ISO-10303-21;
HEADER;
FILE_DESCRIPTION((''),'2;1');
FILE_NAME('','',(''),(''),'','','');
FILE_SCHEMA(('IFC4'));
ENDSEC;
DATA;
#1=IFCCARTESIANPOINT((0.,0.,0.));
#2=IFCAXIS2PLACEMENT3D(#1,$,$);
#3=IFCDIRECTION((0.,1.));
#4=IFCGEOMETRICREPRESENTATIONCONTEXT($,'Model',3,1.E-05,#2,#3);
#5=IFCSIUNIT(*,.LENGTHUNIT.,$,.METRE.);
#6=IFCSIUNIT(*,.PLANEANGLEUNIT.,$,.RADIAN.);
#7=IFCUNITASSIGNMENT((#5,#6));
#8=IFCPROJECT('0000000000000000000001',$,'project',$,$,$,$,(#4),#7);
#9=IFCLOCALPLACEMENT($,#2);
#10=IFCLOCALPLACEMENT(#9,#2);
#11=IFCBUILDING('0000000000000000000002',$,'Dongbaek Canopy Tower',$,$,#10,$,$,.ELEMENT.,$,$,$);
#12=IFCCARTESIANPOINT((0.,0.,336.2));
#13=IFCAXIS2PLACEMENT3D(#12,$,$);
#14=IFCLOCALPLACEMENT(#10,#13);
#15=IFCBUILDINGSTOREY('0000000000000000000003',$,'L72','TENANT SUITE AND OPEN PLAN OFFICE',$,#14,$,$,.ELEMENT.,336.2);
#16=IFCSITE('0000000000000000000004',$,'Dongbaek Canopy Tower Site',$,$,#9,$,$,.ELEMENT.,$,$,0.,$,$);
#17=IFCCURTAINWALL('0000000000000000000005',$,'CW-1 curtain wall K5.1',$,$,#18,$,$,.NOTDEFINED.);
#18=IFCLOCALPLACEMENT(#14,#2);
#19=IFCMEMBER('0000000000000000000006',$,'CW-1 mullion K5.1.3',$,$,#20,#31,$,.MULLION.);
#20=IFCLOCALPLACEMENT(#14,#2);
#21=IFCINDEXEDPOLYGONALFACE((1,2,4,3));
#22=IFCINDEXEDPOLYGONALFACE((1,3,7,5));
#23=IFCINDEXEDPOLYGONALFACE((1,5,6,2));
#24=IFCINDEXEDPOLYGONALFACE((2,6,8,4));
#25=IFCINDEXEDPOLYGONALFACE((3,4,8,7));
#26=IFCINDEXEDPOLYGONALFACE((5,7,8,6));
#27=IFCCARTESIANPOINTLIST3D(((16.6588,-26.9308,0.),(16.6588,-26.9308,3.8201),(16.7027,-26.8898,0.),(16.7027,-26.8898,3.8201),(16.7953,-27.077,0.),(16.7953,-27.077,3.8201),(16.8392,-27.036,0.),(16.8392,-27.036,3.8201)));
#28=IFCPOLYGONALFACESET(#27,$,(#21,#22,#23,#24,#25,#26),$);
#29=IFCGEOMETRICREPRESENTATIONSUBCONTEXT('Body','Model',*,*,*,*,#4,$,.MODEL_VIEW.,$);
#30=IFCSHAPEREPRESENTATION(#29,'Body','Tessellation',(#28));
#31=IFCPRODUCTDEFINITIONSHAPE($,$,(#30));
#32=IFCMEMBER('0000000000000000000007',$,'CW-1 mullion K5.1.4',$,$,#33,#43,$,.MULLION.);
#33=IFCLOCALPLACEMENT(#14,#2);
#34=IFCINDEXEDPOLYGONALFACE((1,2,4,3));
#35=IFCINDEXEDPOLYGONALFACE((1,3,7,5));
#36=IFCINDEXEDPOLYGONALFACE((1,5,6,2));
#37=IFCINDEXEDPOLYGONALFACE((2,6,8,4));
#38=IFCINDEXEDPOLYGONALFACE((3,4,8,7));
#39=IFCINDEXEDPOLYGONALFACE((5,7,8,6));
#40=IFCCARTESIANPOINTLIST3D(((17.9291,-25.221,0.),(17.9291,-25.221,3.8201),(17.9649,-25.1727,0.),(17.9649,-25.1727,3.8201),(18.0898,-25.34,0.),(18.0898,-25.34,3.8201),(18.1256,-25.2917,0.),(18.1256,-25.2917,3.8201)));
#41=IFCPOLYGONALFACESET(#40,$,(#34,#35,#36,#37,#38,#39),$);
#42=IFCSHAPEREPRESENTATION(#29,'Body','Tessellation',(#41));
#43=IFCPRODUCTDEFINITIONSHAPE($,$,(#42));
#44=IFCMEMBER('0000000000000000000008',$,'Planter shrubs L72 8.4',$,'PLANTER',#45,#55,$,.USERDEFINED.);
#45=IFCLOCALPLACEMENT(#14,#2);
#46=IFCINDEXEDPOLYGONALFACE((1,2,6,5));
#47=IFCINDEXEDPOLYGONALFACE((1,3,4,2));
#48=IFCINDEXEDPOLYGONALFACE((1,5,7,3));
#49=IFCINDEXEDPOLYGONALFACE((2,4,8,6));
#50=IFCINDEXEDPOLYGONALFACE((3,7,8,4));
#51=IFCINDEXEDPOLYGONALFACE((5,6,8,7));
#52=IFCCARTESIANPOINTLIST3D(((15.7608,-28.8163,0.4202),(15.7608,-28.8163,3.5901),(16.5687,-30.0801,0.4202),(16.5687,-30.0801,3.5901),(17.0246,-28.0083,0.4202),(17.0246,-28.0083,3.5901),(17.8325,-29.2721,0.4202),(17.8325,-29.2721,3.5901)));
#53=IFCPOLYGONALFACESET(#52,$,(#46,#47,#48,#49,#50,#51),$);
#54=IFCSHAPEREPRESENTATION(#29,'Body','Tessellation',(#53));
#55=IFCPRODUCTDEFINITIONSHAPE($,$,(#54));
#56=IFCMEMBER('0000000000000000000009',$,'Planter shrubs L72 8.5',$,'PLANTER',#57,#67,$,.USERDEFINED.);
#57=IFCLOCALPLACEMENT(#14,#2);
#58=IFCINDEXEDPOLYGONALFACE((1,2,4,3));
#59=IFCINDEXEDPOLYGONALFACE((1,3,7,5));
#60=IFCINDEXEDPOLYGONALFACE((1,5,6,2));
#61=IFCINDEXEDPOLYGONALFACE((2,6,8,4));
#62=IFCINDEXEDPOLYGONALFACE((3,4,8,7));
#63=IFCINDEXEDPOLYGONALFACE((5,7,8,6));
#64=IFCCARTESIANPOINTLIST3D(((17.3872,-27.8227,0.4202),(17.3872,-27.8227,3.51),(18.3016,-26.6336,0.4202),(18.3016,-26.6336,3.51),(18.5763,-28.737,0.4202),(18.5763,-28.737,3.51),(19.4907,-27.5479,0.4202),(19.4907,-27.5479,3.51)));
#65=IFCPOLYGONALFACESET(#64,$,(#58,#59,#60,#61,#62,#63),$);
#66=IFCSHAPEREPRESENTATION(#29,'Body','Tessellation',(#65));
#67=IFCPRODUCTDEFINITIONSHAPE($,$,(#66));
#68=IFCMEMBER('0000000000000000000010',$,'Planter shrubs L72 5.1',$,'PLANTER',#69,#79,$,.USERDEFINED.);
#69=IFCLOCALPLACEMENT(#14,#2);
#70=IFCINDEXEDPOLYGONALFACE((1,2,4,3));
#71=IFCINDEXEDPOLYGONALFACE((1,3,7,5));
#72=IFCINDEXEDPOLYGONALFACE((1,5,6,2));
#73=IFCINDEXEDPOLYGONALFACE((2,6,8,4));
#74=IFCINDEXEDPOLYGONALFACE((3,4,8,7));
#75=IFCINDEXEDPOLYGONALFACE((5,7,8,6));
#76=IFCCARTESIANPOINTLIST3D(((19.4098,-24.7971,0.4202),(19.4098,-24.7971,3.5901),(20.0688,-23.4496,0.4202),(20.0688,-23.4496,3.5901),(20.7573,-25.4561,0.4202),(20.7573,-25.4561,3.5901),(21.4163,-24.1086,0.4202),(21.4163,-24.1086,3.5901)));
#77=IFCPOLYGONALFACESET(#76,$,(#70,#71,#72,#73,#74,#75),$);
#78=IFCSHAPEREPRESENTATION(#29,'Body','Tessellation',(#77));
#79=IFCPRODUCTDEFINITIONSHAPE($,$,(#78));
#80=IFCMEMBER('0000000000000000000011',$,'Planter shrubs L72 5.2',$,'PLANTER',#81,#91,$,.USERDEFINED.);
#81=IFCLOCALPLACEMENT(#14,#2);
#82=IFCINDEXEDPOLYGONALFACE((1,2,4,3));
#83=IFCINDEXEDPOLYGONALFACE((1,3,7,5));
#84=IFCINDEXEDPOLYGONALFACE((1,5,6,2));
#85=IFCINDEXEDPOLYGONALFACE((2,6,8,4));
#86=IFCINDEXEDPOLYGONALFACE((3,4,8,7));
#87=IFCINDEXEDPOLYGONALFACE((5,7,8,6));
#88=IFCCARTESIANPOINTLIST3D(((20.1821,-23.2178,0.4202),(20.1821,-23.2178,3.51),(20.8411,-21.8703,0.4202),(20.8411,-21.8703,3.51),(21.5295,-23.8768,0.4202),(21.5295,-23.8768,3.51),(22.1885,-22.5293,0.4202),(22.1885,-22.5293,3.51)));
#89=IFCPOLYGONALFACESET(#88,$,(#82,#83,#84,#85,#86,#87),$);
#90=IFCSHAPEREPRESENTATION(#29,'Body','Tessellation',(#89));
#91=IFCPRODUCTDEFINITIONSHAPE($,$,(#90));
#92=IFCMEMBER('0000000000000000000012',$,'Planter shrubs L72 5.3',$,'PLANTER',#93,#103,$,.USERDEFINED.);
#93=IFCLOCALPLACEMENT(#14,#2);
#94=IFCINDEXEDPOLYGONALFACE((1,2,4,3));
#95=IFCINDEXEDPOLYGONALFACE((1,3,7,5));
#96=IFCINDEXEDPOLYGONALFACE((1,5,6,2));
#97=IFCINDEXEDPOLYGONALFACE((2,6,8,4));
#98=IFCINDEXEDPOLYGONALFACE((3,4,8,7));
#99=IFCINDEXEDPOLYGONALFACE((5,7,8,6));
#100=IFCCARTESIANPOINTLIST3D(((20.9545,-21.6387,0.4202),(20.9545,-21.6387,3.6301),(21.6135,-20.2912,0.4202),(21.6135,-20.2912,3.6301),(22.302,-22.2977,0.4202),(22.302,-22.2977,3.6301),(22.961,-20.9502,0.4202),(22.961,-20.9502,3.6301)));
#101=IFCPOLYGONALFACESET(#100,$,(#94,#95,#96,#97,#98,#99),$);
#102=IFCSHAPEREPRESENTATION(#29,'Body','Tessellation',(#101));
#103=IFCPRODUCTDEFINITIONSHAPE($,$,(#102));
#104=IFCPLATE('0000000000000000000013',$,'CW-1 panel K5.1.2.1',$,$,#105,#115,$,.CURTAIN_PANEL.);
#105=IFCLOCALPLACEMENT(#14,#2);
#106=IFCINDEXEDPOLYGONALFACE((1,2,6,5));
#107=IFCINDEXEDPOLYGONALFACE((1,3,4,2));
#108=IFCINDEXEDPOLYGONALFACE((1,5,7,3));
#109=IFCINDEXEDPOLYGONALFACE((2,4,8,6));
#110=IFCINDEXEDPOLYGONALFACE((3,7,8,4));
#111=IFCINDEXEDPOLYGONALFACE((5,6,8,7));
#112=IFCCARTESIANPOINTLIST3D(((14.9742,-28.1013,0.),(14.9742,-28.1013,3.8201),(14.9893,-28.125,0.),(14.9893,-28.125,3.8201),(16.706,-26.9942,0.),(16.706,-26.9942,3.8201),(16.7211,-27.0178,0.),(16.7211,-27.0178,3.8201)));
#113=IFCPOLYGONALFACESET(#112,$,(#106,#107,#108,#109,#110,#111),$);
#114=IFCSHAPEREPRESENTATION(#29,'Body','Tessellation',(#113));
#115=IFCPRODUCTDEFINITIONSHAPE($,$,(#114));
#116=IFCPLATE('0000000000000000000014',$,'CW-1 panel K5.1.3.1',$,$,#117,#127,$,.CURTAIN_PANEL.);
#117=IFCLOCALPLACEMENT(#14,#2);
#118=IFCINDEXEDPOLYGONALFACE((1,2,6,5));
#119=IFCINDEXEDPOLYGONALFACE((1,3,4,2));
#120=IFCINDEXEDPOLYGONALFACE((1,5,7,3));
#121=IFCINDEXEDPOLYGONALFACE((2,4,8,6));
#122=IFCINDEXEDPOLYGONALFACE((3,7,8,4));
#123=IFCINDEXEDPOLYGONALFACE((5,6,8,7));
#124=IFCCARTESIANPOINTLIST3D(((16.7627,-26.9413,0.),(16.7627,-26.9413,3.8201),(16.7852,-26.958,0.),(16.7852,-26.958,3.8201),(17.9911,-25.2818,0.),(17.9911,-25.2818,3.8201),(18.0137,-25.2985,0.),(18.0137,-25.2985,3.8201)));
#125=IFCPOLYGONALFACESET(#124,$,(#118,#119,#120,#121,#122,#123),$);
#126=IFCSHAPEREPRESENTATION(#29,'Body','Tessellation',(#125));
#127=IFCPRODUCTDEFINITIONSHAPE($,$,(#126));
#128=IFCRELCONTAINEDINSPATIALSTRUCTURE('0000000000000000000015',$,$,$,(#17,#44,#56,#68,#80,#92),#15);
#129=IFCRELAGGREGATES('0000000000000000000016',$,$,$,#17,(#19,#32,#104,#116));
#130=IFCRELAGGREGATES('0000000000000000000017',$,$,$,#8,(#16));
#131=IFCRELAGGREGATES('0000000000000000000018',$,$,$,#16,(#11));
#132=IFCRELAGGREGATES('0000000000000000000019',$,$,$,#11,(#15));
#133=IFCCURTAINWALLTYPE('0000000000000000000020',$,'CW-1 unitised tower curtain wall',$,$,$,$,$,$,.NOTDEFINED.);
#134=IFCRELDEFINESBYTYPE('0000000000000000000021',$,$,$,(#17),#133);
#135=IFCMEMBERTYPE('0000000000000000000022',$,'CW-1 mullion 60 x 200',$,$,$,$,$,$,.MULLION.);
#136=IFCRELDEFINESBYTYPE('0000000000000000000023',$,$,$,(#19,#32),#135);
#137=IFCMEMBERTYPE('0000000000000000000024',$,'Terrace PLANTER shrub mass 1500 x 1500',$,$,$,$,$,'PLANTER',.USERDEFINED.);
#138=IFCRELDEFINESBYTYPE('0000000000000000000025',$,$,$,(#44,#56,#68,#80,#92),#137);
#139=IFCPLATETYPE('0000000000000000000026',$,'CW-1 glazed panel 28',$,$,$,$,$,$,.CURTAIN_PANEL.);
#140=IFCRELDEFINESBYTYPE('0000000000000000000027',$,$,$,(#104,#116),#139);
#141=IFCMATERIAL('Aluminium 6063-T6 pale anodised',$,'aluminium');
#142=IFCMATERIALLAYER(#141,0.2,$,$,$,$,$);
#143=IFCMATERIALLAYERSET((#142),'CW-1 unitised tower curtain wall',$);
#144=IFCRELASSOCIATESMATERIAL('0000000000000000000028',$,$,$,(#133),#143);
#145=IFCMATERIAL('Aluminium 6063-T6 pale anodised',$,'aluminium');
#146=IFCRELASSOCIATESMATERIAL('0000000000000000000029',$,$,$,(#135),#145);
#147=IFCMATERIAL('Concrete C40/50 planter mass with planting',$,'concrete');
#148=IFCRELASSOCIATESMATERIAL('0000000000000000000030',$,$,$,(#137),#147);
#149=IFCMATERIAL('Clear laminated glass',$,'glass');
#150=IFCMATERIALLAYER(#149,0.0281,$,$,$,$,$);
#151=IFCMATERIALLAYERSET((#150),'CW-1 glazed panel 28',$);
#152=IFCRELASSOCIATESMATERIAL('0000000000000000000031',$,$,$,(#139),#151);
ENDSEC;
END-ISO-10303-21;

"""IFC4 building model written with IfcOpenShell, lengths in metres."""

from ifc_helpers import new_model, si_unit, direction, frame, origin, origin_2d, place, context, subcontext, project, spatial, rectangle, extrude, material, layer, layer_set, material_profile, profile_set, type_object, element, aggregate, save


model = new_model("IFC4")

# Units and contexts
model_context = context("Model", 3, precision=1e-05, world=origin(), true_north=direction((0.0, 1.0)))
body_context = subcontext(model_context, "Body", "Model", "MODEL_VIEW")
ifc_project = project(units=[si_unit("LENGTHUNIT", "METRE"), si_unit("PLANEANGLEUNIT", "RADIAN")], contexts=[model_context])

# Site, building, storey
site_placement = place(None, origin())
site = spatial("IfcSite", under=ifc_project, at=site_placement, Name="Dongbaek Canopy Tower Site", CompositionType="ELEMENT", RefElevation=0.0)
building_placement = place(site_placement, origin())
building = spatial("IfcBuilding", under=site, at=building_placement, Name="Dongbaek Canopy Tower", CompositionType="ELEMENT")
storey_placement = place(building_placement, frame((0.0, 0.0, 336.2)))
storey = spatial("IfcBuildingStorey", under=building, at=storey_placement, Name="L72", Description="TENANT SUITE AND OPEN PLAN OFFICE", CompositionType="ELEMENT", Elevation=336.2)

# Curtain wall, members
ifc_material_1 = material(Name="Aluminium 6063-T6 pale anodised", Category="aluminium")
ifc_layer_1 = layer(ifc_material_1, 0.2)
ifc_layer_set_1 = layer_set([ifc_layer_1], Name="CW-1 unitised tower curtain wall")
curtain_wall_type = type_object("IfcCurtainWallType", Name="CW-1 unitised tower curtain wall", PredefinedType="NOTDEFINED", material=ifc_layer_set_1)
curtain_wall_placement = place(storey_placement, origin())
curtain_wall = element("IfcCurtainWall", 1, at=curtain_wall_placement, inside=storey, type_object=curtain_wall_type, Name="CW-1 curtain wall K5.1", PredefinedType="NOTDEFINED")
ifc_material_2 = material(Name="Aluminium 6063-T6 pale anodised", Category="aluminium")
ifc_material_profile_1 = material_profile(ifc_material_2, rectangle(XDim=0.2, YDim=0.0601, at=origin_2d()), Name="CW-1 mullion 60 x 200")
ifc_profile_set_1 = profile_set([ifc_material_profile_1], Name="Aluminium 6063-T6 pale anodised")
member_type_1 = type_object("IfcMemberType", Name="CW-1 mullion 60 x 200", PredefinedType="MULLION", material=ifc_profile_set_1)
member_1_placement = place(storey_placement, frame((16.749, -26.9834, 0.0), z_axis=(0.0, 0.0, 1.0), x_axis=(0.682504, -0.730882, 0.0)))
member_1 = element("IfcMember", 2, at=member_1_placement, type_object=member_type_1, Name="CW-1 mullion K5.1.3", PredefinedType="MULLION", context=body_context, shape_type="SweptSolid", body=[
    extrude(rectangle(XDim=0.2, YDim=0.0601, at=origin_2d()), origin(), (0.0, 0.0, 1.0), 3.8201),
])
member_2_placement = place(storey_placement, frame((18.0273, -25.2563, 0.0), z_axis=(0.0, 0.0, 1.0), x_axis=(0.803743, -0.594977, 0.0)))
member_2 = element("IfcMember", 3, at=member_2_placement, type_object=member_type_1, Name="CW-1 mullion K5.1.4", PredefinedType="MULLION", context=body_context, shape_type="SweptSolid", body=[
    extrude(rectangle(XDim=0.2, YDim=0.0601, at=origin_2d()), origin(), (0.0, 0.0, 1.0), 3.8201),
])

# Members
ifc_material_3 = material(Name="Concrete C40/50 planter mass with planting", Category="concrete")
ifc_material_profile_2 = material_profile(ifc_material_3, rectangle(XDim=1.5, YDim=1.5, at=origin_2d()), Name="Terrace PLANTER shrub mass 1500 x 1500")
ifc_profile_set_2 = profile_set([ifc_material_profile_2], Name="Concrete C40/50 planter mass with planting")
member_type_2 = type_object("IfcMemberType", Name="Terrace PLANTER shrub mass 1500 x 1500", ElementType="PLANTER", PredefinedType="USERDEFINED", material=ifc_profile_set_2)
member_3_placement = place(storey_placement, frame((16.7966, -29.0442, 0.4202), z_axis=(0.0, 0.0, 1.0), x_axis=(0.538627, -0.842544, 0.0)))
element("IfcMember", 4, at=member_3_placement, inside=storey, type_object=member_type_2, Name="Planter shrubs L72 8.4", ObjectType="PLANTER", PredefinedType="USERDEFINED", context=body_context, shape_type="SweptSolid", body=[
    extrude(rectangle(XDim=1.5, YDim=1.5, at=origin_2d()), origin(), (0.0, 0.0, 1.0), 3.1699),
])
member_4_placement = place(storey_placement, frame((18.439, -27.6853, 0.4202), z_axis=(0.0, 0.0, 1.0), x_axis=(0.792732, -0.609571, 0.0)))
element("IfcMember", 5, at=member_4_placement, inside=storey, type_object=member_type_2, Name="Planter shrubs L72 8.5", ObjectType="PLANTER", PredefinedType="USERDEFINED", context=body_context, shape_type="SweptSolid", body=[
    extrude(rectangle(XDim=1.5, YDim=1.5, at=origin_2d()), origin(), (0.0, 0.0, 1.0), 3.0898),
])
member_5_placement = place(storey_placement, frame((20.4131, -24.4529, 0.4202), z_axis=(0.0, 0.0, 1.0), x_axis=(0.898322, -0.439337, 0.0)))
element("IfcMember", 6, at=member_5_placement, inside=storey, type_object=member_type_2, Name="Planter shrubs L72 5.1", ObjectType="PLANTER", PredefinedType="USERDEFINED", context=body_context, shape_type="SweptSolid", body=[
    extrude(rectangle(XDim=1.5, YDim=1.5, at=origin_2d()), origin(), (0.0, 0.0, 1.0), 3.1699),
])
member_6_placement = place(storey_placement, frame((21.1853, -22.8735, 0.4202), z_axis=(0.0, 0.0, 1.0), x_axis=(0.898322, -0.439337, 0.0)))
element("IfcMember", 7, at=member_6_placement, inside=storey, type_object=member_type_2, Name="Planter shrubs L72 5.2", ObjectType="PLANTER", PredefinedType="USERDEFINED", context=body_context, shape_type="SweptSolid", body=[
    extrude(rectangle(XDim=1.5, YDim=1.5, at=origin_2d()), origin(), (0.0, 0.0, 1.0), 3.0898),
])
member_7_placement = place(storey_placement, frame((21.9578, -21.2944, 0.4202), z_axis=(0.0, 0.0, 1.0), x_axis=(0.898322, -0.439337, 0.0)))
element("IfcMember", 8, at=member_7_placement, inside=storey, type_object=member_type_2, Name="Planter shrubs L72 5.3", ObjectType="PLANTER", PredefinedType="USERDEFINED", context=body_context, shape_type="SweptSolid", body=[
    extrude(rectangle(XDim=1.5, YDim=1.5, at=origin_2d()), origin(), (0.0, 0.0, 1.0), 3.21),
])

# Plates
ifc_material_4 = material(Name="Clear laminated glass", Category="glass")
ifc_layer_2 = layer(ifc_material_4, 0.0281)
ifc_layer_set_2 = layer_set([ifc_layer_2], Name="CW-1 glazed panel 28")
plate_type = type_object("IfcPlateType", Name="CW-1 glazed panel 28", PredefinedType="CURTAIN_PANEL", material=ifc_layer_set_2)
plate_1_placement = place(storey_placement, frame((15.8477, -27.5596, 0.0), z_axis=(0.0, 0.0, 1.0), x_axis=(0.842544, 0.538627, 0.0)))
plate_1 = element("IfcPlate", 9, at=plate_1_placement, type_object=plate_type, Name="CW-1 panel K5.1.2.1", PredefinedType="CURTAIN_PANEL", context=body_context, shape_type="SweptSolid", body=[
    extrude(rectangle(XDim=2.0554, YDim=0.0281, at=origin_2d()), origin(), (0.0, 0.0, 1.0), 3.8201),
])
plate_2_placement = place(storey_placement, frame((17.3882, -26.1199, 0.0), z_axis=(0.0, 0.0, 1.0), x_axis=(0.594977, 0.803743, 0.0)))
plate_2 = element("IfcPlate", 10, at=plate_2_placement, type_object=plate_type, Name="CW-1 panel K5.1.3.1", PredefinedType="CURTAIN_PANEL", context=body_context, shape_type="SweptSolid", body=[
    extrude(rectangle(XDim=2.0647, YDim=0.0281, at=origin_2d()), origin(), (0.0, 0.0, 1.0), 3.8201),
])
aggregate(curtain_wall, [member_1, member_2, plate_1, plate_2])

save(model, "model.ifc")
